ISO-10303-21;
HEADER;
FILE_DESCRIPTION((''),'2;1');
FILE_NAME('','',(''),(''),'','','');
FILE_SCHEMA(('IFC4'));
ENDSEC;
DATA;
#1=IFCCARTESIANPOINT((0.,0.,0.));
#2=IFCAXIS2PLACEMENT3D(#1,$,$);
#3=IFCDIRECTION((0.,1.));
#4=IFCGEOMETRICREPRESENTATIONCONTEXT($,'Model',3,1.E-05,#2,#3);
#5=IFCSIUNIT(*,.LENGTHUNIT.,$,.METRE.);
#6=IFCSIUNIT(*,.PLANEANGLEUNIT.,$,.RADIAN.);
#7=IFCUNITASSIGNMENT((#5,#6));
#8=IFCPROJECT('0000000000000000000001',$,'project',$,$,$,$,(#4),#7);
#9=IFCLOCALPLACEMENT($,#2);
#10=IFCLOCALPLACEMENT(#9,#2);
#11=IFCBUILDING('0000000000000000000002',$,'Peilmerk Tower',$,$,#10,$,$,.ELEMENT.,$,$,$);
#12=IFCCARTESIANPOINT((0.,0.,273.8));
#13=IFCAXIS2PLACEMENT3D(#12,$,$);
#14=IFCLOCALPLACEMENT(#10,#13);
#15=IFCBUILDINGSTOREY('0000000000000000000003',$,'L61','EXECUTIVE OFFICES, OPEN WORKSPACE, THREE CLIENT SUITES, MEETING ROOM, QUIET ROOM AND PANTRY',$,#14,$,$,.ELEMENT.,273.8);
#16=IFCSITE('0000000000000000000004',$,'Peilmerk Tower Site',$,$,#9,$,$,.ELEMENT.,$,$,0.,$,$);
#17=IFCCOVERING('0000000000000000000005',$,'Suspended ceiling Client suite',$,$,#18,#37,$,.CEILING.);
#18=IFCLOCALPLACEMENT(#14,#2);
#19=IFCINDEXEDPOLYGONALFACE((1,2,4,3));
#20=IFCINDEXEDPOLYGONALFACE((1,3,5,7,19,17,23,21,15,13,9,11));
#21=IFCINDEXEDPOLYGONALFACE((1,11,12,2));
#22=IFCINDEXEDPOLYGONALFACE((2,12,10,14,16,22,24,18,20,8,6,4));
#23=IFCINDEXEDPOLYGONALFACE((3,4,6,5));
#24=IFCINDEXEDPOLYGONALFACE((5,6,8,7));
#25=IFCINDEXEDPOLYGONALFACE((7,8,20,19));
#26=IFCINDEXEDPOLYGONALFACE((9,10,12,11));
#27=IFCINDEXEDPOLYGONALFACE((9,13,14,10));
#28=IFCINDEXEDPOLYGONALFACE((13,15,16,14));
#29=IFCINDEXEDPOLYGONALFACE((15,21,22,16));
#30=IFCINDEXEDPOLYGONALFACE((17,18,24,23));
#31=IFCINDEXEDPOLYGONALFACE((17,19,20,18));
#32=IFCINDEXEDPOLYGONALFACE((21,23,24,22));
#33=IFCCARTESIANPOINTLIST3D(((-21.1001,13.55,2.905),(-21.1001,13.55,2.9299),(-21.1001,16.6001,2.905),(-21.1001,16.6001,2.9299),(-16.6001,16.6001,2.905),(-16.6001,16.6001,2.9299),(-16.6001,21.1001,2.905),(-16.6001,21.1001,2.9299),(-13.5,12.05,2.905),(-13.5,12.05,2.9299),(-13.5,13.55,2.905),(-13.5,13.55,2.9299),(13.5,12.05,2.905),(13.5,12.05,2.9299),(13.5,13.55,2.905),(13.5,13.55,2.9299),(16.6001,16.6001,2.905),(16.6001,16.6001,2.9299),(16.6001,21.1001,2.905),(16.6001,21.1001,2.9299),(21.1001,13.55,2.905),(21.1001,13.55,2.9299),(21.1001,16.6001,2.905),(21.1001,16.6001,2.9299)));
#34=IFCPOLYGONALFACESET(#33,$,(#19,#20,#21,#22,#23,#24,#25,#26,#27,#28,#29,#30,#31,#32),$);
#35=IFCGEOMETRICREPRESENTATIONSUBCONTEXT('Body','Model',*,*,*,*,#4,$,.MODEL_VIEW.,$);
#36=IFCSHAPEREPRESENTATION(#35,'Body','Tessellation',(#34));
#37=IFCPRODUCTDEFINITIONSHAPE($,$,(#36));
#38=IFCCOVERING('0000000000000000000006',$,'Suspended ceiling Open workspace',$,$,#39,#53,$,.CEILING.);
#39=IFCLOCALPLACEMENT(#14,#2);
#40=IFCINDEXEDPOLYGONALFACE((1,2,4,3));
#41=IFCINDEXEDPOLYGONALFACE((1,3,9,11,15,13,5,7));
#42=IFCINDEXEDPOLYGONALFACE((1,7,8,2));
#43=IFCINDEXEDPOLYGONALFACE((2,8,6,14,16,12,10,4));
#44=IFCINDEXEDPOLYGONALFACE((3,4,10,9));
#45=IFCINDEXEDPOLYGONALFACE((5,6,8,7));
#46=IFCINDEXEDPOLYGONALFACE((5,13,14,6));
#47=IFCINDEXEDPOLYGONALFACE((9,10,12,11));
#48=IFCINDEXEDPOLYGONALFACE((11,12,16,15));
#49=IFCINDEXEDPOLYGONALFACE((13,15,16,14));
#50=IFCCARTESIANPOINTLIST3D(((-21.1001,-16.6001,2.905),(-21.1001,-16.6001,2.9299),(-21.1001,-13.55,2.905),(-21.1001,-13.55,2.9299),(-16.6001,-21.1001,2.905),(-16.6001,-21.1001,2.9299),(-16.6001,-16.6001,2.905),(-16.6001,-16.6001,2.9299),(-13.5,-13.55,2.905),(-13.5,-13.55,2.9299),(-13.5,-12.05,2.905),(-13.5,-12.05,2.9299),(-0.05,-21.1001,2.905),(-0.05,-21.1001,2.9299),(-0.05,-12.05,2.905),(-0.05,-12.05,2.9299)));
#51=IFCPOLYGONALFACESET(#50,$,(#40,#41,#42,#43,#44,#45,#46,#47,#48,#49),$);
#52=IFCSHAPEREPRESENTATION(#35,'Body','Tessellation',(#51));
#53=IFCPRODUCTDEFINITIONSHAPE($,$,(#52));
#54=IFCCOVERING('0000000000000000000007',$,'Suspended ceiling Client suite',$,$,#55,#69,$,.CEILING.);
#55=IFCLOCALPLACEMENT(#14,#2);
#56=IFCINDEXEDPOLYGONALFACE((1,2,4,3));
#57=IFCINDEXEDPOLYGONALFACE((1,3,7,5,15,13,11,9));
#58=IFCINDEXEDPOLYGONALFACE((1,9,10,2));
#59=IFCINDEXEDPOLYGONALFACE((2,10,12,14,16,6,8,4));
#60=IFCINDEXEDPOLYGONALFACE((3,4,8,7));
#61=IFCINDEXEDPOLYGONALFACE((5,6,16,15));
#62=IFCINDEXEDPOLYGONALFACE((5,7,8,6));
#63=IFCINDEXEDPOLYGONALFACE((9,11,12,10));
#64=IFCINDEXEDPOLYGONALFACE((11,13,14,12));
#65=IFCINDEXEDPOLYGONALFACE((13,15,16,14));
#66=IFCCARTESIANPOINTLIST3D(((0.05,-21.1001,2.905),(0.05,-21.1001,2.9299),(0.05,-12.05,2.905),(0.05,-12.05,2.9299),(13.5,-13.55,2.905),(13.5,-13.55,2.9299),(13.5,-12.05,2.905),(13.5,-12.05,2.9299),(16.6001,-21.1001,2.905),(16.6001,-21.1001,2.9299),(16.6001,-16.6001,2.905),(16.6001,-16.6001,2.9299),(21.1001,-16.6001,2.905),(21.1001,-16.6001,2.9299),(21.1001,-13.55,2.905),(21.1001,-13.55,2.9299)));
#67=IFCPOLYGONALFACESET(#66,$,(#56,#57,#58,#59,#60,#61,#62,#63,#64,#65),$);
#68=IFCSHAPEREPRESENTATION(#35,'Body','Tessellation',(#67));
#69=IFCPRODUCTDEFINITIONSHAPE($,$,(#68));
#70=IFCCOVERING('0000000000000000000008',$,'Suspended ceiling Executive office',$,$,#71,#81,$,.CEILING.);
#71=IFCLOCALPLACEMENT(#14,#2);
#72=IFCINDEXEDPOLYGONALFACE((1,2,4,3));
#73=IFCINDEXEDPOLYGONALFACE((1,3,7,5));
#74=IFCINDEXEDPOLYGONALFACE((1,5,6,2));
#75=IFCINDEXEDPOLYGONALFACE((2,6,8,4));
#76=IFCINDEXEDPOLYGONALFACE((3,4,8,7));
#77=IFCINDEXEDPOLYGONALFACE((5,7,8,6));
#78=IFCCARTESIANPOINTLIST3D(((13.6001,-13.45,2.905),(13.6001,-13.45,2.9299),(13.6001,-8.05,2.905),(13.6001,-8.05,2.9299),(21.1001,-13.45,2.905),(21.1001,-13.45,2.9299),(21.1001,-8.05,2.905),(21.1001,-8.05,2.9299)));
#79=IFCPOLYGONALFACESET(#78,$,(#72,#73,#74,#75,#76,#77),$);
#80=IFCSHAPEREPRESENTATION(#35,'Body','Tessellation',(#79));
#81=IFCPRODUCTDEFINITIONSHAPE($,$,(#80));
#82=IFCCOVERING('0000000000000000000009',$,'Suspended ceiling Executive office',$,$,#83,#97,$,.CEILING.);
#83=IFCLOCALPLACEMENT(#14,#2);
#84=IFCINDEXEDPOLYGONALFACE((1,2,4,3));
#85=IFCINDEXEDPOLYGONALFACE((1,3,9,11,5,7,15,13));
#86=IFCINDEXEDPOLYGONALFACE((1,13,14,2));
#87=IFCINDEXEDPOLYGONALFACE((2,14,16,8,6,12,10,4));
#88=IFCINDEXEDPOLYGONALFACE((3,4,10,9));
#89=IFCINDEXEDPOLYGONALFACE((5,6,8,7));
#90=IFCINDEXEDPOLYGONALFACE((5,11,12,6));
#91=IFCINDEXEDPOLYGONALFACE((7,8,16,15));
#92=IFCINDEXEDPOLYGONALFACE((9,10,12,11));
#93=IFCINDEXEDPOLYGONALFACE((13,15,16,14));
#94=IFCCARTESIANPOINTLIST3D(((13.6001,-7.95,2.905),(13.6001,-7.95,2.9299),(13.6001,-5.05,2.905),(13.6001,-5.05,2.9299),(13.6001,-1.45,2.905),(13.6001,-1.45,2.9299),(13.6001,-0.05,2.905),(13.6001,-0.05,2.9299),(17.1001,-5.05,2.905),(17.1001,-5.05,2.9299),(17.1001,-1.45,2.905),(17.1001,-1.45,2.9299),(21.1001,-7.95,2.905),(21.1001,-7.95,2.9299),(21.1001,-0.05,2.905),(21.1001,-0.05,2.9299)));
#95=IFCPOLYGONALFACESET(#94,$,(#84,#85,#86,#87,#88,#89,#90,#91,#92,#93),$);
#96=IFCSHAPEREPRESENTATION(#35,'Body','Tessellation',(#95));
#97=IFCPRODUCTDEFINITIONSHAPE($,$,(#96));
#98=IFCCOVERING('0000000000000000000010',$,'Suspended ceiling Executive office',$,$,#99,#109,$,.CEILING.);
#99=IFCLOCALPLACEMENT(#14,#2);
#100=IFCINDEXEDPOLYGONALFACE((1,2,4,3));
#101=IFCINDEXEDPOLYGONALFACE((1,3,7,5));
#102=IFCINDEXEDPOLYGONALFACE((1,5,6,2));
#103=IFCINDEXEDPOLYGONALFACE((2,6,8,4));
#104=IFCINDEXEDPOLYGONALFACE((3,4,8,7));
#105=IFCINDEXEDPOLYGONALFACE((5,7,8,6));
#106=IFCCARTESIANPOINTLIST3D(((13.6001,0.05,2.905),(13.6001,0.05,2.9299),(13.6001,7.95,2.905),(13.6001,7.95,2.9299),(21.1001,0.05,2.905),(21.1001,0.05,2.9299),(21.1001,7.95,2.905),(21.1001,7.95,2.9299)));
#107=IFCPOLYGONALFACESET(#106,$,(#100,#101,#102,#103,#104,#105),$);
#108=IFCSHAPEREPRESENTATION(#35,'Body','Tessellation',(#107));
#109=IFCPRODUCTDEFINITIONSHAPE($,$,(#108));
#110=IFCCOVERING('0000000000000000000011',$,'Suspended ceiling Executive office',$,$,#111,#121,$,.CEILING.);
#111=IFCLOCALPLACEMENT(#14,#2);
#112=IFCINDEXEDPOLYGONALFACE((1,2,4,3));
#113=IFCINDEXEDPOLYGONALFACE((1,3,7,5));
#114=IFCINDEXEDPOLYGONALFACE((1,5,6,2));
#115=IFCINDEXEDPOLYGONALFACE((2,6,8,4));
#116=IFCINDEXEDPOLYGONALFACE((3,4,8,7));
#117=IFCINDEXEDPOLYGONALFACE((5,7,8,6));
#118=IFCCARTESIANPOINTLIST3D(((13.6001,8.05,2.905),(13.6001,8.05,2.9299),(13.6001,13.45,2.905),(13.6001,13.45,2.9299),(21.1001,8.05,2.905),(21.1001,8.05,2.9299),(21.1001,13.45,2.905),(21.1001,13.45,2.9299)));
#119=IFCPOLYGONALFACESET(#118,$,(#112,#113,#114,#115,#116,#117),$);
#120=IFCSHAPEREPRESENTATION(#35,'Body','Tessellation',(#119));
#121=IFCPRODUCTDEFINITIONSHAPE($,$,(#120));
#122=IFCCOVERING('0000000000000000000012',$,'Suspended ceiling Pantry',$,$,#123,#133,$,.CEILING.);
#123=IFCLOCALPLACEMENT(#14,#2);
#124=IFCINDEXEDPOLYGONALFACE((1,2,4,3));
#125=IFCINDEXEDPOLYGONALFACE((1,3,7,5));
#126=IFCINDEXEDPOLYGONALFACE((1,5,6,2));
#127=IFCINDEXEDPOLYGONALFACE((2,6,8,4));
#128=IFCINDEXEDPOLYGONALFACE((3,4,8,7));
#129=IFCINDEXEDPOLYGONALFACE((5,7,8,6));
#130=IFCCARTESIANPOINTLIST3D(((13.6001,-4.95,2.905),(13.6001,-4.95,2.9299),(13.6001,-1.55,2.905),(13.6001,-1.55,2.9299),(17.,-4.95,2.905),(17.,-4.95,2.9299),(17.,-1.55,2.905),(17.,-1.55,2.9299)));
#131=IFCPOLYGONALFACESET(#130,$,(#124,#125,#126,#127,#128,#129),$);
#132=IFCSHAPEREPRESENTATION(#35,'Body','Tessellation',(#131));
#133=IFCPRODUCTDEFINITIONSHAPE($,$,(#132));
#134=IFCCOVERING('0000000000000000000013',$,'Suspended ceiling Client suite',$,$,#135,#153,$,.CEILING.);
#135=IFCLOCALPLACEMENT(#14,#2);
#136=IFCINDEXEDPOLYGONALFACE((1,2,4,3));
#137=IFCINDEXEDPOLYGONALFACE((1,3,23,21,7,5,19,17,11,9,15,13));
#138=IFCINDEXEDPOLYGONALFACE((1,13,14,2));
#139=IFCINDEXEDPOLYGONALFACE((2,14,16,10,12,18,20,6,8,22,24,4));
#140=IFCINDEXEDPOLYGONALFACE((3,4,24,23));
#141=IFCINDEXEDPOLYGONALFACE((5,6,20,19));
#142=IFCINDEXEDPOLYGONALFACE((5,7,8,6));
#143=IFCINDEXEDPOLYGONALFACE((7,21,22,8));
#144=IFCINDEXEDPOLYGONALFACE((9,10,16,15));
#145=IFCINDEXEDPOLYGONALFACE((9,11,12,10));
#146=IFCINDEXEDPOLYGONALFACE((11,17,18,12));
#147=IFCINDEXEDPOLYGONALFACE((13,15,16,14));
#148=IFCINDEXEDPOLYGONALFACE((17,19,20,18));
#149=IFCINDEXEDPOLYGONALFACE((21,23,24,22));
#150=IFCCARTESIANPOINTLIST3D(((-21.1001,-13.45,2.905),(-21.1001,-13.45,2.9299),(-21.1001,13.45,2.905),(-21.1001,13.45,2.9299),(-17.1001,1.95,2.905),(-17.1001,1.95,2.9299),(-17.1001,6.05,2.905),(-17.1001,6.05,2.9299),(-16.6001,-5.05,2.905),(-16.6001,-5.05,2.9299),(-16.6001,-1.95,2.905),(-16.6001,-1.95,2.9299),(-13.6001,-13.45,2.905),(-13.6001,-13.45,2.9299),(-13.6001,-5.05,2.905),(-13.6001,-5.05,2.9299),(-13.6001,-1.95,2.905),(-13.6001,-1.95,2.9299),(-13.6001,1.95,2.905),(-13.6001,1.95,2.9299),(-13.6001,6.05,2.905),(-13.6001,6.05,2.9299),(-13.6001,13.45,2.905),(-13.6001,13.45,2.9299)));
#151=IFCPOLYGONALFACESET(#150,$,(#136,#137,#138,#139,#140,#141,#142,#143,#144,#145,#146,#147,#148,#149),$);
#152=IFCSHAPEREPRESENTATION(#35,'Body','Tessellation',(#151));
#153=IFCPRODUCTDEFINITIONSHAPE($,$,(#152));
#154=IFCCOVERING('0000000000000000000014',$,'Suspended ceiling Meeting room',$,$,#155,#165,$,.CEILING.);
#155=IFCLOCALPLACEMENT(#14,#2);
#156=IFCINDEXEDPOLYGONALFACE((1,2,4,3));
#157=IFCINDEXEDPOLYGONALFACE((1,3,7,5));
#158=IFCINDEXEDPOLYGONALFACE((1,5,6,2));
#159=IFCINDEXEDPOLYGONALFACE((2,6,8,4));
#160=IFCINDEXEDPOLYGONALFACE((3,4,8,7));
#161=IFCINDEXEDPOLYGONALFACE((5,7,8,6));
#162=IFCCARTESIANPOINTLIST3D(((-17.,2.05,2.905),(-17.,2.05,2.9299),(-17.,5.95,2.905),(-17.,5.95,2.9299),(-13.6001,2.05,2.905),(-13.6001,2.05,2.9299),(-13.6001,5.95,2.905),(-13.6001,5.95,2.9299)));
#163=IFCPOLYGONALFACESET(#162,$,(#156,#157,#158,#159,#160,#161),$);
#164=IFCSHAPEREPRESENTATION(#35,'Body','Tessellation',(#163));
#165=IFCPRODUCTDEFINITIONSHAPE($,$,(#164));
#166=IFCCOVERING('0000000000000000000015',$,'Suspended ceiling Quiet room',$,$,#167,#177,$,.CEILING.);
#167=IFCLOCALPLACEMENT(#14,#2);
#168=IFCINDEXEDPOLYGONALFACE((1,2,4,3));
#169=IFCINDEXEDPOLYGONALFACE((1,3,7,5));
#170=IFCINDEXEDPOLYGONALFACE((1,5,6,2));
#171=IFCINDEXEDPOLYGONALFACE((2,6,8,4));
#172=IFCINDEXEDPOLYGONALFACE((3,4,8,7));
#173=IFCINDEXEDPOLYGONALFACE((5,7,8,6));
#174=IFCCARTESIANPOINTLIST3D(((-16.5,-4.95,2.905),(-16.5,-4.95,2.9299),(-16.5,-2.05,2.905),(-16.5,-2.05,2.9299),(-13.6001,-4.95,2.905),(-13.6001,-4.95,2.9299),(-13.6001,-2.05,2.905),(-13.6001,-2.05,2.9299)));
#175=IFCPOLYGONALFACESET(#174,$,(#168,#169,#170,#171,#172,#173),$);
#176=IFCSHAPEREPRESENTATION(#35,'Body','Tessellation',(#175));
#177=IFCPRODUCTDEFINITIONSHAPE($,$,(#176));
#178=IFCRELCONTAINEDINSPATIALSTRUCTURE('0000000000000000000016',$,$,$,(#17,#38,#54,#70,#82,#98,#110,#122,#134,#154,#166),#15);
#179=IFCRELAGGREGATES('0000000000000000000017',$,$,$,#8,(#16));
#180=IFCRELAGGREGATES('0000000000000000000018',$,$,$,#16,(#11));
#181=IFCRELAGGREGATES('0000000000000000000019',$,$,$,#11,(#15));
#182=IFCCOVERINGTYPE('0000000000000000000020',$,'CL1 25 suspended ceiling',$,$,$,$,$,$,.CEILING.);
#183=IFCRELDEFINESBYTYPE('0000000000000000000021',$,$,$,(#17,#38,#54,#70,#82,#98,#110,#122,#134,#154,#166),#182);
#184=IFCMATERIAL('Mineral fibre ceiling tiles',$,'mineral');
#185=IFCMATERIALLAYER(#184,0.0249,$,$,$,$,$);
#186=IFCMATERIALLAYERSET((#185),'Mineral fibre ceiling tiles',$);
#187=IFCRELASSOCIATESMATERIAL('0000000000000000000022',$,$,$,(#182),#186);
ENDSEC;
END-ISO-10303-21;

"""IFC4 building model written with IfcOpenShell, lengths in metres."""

from ifc_helpers import new_model, si_unit, direction, frame, origin, place, context, subcontext, project, spatial, polyline, outline, extrude, material, layer, layer_set, type_object, element, save


model = new_model("IFC4")

# Units and contexts
model_context = context("Model", 3, precision=1e-05, world=origin(), true_north=direction((0.0, 1.0)))
body_context = subcontext(model_context, "Body", "Model", "MODEL_VIEW")
ifc_project = project(units=[si_unit("LENGTHUNIT", "METRE"), si_unit("PLANEANGLEUNIT", "RADIAN")], contexts=[model_context])

# Site, building, storey
site_placement = place(None, origin())
site = spatial("IfcSite", under=ifc_project, at=site_placement, Name="Peilmerk Tower Site", CompositionType="ELEMENT", RefElevation=0.0)
building_placement = place(site_placement, origin())
building = spatial("IfcBuilding", under=site, at=building_placement, Name="Peilmerk Tower", CompositionType="ELEMENT")
storey_placement = place(building_placement, frame((0.0, 0.0, 273.8)))
storey = spatial("IfcBuildingStorey", under=building, at=storey_placement, Name="L61", Description="EXECUTIVE OFFICES, OPEN WORKSPACE, THREE CLIENT SUITES, MEETING ROOM, QUIET ROOM AND PANTRY", CompositionType="ELEMENT", Elevation=273.8)

# Coverings
ifc_material_1 = material(Name="Mineral fibre ceiling tiles", Category="mineral")
ifc_layer_1 = layer(ifc_material_1, 0.0249)
ifc_layer_set_1 = layer_set([ifc_layer_1], Name="Mineral fibre ceiling tiles")
covering_type = type_object("IfcCoveringType", Name="CL1 25 suspended ceiling", PredefinedType="CEILING", material=ifc_layer_set_1)
covering_1_placement = place(storey_placement, frame((0.0, 0.0, 2.905)))
element("IfcCovering", 1, at=covering_1_placement, inside=storey, type_object=covering_type, Name="Suspended ceiling Client suite", PredefinedType="CEILING", context=body_context, shape_type="SweptSolid", body=[
    extrude(outline(polyline([(-21.1001, 16.6001), (-21.1001, 13.55), (-13.5, 13.55), (-13.5, 12.05), (13.5, 12.05), (13.5, 13.55), (21.1001, 13.55), (21.1001, 16.6001), (16.6001, 16.6001), (16.6001, 21.1001), (-16.6001, 21.1001), (-16.6001, 16.6001), (-21.1001, 16.6001)])), origin(), (0.0, 0.0, 1.0), 0.0249),
])
covering_2_placement = place(storey_placement, frame((0.0, 0.0, 2.905)))
element("IfcCovering", 2, at=covering_2_placement, inside=storey, type_object=covering_type, Name="Suspended ceiling Open workspace", PredefinedType="CEILING", context=body_context, shape_type="SweptSolid", body=[
    extrude(outline(polyline([(-16.6001, -21.1001), (-0.05, -21.1001), (-0.05, -12.05), (-13.5, -12.05), (-13.5, -13.55), (-21.1001, -13.55), (-21.1001, -16.6001), (-16.6001, -16.6001), (-16.6001, -21.1001)])), origin(), (0.0, 0.0, 1.0), 0.0249),
])
covering_3_placement = place(storey_placement, frame((0.0, 0.0, 2.905)))
element("IfcCovering", 3, at=covering_3_placement, inside=storey, type_object=covering_type, Name="Suspended ceiling Client suite", PredefinedType="CEILING", context=body_context, shape_type="SweptSolid", body=[
    extrude(outline(polyline([(0.05, -21.1001), (16.6001, -21.1001), (16.6001, -16.6001), (21.1001, -16.6001), (21.1001, -13.55), (13.5, -13.55), (13.5, -12.05), (0.05, -12.05), (0.05, -21.1001)])), origin(), (0.0, 0.0, 1.0), 0.0249),
])
covering_4_placement = place(storey_placement, frame((0.0, 0.0, 2.905)))
element("IfcCovering", 4, at=covering_4_placement, inside=storey, type_object=covering_type, Name="Suspended ceiling Executive office", PredefinedType="CEILING", context=body_context, shape_type="SweptSolid", body=[
    extrude(outline(polyline([(21.1001, -13.45), (21.1001, -8.05), (13.6001, -8.05), (13.6001, -13.45), (21.1001, -13.45)])), origin(), (0.0, 0.0, 1.0), 0.0249),
])
covering_5_placement = place(storey_placement, frame((0.0, 0.0, 2.905)))
element("IfcCovering", 5, at=covering_5_placement, inside=storey, type_object=covering_type, Name="Suspended ceiling Executive office", PredefinedType="CEILING", context=body_context, shape_type="SweptSolid", body=[
    extrude(outline(polyline([(13.6001, -7.95), (21.1001, -7.95), (21.1001, -0.05), (13.6001, -0.05), (13.6001, -1.45), (17.1001, -1.45), (17.1001, -5.05), (13.6001, -5.05), (13.6001, -7.95)])), origin(), (0.0, 0.0, 1.0), 0.0249),
])
covering_6_placement = place(storey_placement, frame((0.0, 0.0, 2.905)))
element("IfcCovering", 6, at=covering_6_placement, inside=storey, type_object=covering_type, Name="Suspended ceiling Executive office", PredefinedType="CEILING", context=body_context, shape_type="SweptSolid", body=[
    extrude(outline(polyline([(21.1001, 0.05), (21.1001, 7.95), (13.6001, 7.95), (13.6001, 0.05), (21.1001, 0.05)])), origin(), (0.0, 0.0, 1.0), 0.0249),
])
covering_7_placement = place(storey_placement, frame((0.0, 0.0, 2.905)))
element("IfcCovering", 7, at=covering_7_placement, inside=storey, type_object=covering_type, Name="Suspended ceiling Executive office", PredefinedType="CEILING", context=body_context, shape_type="SweptSolid", body=[
    extrude(outline(polyline([(21.1001, 8.05), (21.1001, 13.45), (13.6001, 13.45), (13.6001, 8.05), (21.1001, 8.05)])), origin(), (0.0, 0.0, 1.0), 0.0249),
])
covering_8_placement = place(storey_placement, frame((0.0, 0.0, 2.905)))
element("IfcCovering", 8, at=covering_8_placement, inside=storey, type_object=covering_type, Name="Suspended ceiling Pantry", PredefinedType="CEILING", context=body_context, shape_type="SweptSolid", body=[
    extrude(outline(polyline([(17.0, -4.95), (17.0, -1.55), (13.6001, -1.55), (13.6001, -4.95), (17.0, -4.95)])), origin(), (0.0, 0.0, 1.0), 0.0249),
])
covering_9_placement = place(storey_placement, frame((0.0, 0.0, 2.905)))
element("IfcCovering", 9, at=covering_9_placement, inside=storey, type_object=covering_type, Name="Suspended ceiling Client suite", PredefinedType="CEILING", context=body_context, shape_type="SweptSolid", body=[
    extrude(outline(polyline([(-13.6001, 13.45), (-21.1001, 13.45), (-21.1001, -13.45), (-13.6001, -13.45), (-13.6001, -5.05), (-16.6001, -5.05), (-16.6001, -1.95), (-13.6001, -1.95), (-13.6001, 1.95), (-17.1001, 1.95), (-17.1001, 6.05), (-13.6001, 6.05), (-13.6001, 13.45)])), origin(), (0.0, 0.0, 1.0), 0.0249),
])
covering_10_placement = place(storey_placement, frame((0.0, 0.0, 2.905)))
element("IfcCovering", 10, at=covering_10_placement, inside=storey, type_object=covering_type, Name="Suspended ceiling Meeting room", PredefinedType="CEILING", context=body_context, shape_type="SweptSolid", body=[
    extrude(outline(polyline([(-13.6001, 2.05), (-13.6001, 5.95), (-17.0, 5.95), (-17.0, 2.05), (-13.6001, 2.05)])), origin(), (0.0, 0.0, 1.0), 0.0249),
])
covering_11_placement = place(storey_placement, frame((0.0, 0.0, 2.905)))
element("IfcCovering", 11, at=covering_11_placement, inside=storey, type_object=covering_type, Name="Suspended ceiling Quiet room", PredefinedType="CEILING", context=body_context, shape_type="SweptSolid", body=[
    extrude(outline(polyline([(-13.6001, -4.95), (-13.6001, -2.05), (-16.5, -2.05), (-16.5, -4.95), (-13.6001, -4.95)])), origin(), (0.0, 0.0, 1.0), 0.0249),
])

save(model, "model.ifc")
